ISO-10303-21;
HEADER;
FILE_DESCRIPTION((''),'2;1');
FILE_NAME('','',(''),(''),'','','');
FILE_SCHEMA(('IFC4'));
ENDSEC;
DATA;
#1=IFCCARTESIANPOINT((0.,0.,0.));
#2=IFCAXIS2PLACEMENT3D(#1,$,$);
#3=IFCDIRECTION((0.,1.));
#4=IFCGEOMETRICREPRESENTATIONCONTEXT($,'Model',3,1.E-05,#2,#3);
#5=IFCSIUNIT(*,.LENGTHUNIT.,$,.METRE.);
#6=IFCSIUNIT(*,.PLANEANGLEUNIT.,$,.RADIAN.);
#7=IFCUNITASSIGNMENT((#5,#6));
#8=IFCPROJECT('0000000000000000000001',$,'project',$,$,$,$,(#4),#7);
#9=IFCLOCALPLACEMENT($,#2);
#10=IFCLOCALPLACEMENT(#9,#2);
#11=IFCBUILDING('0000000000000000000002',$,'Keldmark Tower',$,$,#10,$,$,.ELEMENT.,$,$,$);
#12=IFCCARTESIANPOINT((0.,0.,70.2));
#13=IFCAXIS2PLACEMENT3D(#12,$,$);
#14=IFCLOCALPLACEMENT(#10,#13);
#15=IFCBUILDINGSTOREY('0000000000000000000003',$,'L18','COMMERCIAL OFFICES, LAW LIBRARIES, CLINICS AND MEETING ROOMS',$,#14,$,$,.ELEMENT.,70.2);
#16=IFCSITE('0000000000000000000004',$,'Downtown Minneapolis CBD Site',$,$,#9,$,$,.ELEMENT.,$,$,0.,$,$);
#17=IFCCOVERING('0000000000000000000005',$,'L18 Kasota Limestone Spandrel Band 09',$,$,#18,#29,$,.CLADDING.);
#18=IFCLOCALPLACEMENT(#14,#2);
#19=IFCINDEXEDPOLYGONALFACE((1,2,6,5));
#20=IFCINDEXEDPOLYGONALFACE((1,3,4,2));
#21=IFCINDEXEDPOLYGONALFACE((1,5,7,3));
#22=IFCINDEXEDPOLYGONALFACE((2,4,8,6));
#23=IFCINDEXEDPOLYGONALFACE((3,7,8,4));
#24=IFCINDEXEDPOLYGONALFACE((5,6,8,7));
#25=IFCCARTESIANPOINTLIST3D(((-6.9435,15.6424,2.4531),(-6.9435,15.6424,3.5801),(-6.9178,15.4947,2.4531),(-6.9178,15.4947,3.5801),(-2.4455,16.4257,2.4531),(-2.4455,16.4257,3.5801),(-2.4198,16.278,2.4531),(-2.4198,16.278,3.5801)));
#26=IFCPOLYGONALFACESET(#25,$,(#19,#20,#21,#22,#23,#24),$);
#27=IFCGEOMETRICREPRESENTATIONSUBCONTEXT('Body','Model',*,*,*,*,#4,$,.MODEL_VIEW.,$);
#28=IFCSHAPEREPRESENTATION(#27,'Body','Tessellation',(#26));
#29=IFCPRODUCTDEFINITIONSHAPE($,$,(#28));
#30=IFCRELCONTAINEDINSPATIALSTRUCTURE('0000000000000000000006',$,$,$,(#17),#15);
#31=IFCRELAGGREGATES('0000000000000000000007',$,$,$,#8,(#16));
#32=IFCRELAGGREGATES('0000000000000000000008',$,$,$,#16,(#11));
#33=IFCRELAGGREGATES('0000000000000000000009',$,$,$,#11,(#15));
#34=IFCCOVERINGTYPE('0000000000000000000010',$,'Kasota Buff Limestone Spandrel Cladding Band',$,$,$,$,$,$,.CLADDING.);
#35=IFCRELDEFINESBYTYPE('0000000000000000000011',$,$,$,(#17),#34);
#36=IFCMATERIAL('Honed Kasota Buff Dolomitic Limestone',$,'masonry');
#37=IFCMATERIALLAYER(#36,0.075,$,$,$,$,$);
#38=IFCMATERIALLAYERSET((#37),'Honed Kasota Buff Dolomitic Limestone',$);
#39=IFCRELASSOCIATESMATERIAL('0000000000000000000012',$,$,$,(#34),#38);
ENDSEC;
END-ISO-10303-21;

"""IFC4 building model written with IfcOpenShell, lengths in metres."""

from ifc_helpers import new_model, si_unit, direction, frame, origin, origin_2d, place, context, subcontext, project, spatial, rectangle, extrude, material, layer, layer_set, type_object, element, save


model = new_model("IFC4")

# Units and contexts
model_context = context("Model", 3, precision=1e-05, world=origin(), true_north=direction((0.0, 1.0)))
body_context = subcontext(model_context, "Body", "Model", "MODEL_VIEW")
ifc_project = project(units=[si_unit("LENGTHUNIT", "METRE"), si_unit("PLANEANGLEUNIT", "RADIAN")], contexts=[model_context])

# Site, building, storey
site_placement = place(None, origin())
site = spatial("IfcSite", under=ifc_project, at=site_placement, Name="Downtown Minneapolis CBD Site", CompositionType="ELEMENT", RefElevation=0.0)
building_placement = place(site_placement, origin())
building = spatial("IfcBuilding", under=site, at=building_placement, Name="Keldmark Tower", CompositionType="ELEMENT")
storey_placement = place(building_placement, frame((0.0, 0.0, 70.2)))
storey = spatial("IfcBuildingStorey", under=building, at=storey_placement, Name="L18", Description="COMMERCIAL OFFICES, LAW LIBRARIES, CLINICS AND MEETING ROOMS", CompositionType="ELEMENT", Elevation=70.2)

# Covering
ifc_material_1 = material(Name="Honed Kasota Buff Dolomitic Limestone", Category="masonry")
ifc_layer_1 = layer(ifc_material_1, 0.075)
ifc_layer_set_1 = layer_set([ifc_layer_1], Name="Honed Kasota Buff Dolomitic Limestone")
covering_type = type_object("IfcCoveringType", Name="Kasota Buff Limestone Spandrel Cladding Band", PredefinedType="CLADDING", material=ifc_layer_set_1)
covering_placement = place(storey_placement, frame((-4.6816, 15.9602, 2.4531), z_axis=(0.0, 0.0, 1.0), x_axis=(-0.985175, -0.171551, 0.0)))
element("IfcCovering", 1, at=covering_placement, inside=storey, type_object=covering_type, Name="L18 Kasota Limestone Spandrel Band 09", PredefinedType="CLADDING", context=body_context, shape_type="SweptSolid", body=[
    extrude(rectangle(XDim=4.5657, YDim=0.1499, at=origin_2d()), origin(), (0.0, 0.0, 1.0), 1.127),
])

save(model, "model.ifc")
